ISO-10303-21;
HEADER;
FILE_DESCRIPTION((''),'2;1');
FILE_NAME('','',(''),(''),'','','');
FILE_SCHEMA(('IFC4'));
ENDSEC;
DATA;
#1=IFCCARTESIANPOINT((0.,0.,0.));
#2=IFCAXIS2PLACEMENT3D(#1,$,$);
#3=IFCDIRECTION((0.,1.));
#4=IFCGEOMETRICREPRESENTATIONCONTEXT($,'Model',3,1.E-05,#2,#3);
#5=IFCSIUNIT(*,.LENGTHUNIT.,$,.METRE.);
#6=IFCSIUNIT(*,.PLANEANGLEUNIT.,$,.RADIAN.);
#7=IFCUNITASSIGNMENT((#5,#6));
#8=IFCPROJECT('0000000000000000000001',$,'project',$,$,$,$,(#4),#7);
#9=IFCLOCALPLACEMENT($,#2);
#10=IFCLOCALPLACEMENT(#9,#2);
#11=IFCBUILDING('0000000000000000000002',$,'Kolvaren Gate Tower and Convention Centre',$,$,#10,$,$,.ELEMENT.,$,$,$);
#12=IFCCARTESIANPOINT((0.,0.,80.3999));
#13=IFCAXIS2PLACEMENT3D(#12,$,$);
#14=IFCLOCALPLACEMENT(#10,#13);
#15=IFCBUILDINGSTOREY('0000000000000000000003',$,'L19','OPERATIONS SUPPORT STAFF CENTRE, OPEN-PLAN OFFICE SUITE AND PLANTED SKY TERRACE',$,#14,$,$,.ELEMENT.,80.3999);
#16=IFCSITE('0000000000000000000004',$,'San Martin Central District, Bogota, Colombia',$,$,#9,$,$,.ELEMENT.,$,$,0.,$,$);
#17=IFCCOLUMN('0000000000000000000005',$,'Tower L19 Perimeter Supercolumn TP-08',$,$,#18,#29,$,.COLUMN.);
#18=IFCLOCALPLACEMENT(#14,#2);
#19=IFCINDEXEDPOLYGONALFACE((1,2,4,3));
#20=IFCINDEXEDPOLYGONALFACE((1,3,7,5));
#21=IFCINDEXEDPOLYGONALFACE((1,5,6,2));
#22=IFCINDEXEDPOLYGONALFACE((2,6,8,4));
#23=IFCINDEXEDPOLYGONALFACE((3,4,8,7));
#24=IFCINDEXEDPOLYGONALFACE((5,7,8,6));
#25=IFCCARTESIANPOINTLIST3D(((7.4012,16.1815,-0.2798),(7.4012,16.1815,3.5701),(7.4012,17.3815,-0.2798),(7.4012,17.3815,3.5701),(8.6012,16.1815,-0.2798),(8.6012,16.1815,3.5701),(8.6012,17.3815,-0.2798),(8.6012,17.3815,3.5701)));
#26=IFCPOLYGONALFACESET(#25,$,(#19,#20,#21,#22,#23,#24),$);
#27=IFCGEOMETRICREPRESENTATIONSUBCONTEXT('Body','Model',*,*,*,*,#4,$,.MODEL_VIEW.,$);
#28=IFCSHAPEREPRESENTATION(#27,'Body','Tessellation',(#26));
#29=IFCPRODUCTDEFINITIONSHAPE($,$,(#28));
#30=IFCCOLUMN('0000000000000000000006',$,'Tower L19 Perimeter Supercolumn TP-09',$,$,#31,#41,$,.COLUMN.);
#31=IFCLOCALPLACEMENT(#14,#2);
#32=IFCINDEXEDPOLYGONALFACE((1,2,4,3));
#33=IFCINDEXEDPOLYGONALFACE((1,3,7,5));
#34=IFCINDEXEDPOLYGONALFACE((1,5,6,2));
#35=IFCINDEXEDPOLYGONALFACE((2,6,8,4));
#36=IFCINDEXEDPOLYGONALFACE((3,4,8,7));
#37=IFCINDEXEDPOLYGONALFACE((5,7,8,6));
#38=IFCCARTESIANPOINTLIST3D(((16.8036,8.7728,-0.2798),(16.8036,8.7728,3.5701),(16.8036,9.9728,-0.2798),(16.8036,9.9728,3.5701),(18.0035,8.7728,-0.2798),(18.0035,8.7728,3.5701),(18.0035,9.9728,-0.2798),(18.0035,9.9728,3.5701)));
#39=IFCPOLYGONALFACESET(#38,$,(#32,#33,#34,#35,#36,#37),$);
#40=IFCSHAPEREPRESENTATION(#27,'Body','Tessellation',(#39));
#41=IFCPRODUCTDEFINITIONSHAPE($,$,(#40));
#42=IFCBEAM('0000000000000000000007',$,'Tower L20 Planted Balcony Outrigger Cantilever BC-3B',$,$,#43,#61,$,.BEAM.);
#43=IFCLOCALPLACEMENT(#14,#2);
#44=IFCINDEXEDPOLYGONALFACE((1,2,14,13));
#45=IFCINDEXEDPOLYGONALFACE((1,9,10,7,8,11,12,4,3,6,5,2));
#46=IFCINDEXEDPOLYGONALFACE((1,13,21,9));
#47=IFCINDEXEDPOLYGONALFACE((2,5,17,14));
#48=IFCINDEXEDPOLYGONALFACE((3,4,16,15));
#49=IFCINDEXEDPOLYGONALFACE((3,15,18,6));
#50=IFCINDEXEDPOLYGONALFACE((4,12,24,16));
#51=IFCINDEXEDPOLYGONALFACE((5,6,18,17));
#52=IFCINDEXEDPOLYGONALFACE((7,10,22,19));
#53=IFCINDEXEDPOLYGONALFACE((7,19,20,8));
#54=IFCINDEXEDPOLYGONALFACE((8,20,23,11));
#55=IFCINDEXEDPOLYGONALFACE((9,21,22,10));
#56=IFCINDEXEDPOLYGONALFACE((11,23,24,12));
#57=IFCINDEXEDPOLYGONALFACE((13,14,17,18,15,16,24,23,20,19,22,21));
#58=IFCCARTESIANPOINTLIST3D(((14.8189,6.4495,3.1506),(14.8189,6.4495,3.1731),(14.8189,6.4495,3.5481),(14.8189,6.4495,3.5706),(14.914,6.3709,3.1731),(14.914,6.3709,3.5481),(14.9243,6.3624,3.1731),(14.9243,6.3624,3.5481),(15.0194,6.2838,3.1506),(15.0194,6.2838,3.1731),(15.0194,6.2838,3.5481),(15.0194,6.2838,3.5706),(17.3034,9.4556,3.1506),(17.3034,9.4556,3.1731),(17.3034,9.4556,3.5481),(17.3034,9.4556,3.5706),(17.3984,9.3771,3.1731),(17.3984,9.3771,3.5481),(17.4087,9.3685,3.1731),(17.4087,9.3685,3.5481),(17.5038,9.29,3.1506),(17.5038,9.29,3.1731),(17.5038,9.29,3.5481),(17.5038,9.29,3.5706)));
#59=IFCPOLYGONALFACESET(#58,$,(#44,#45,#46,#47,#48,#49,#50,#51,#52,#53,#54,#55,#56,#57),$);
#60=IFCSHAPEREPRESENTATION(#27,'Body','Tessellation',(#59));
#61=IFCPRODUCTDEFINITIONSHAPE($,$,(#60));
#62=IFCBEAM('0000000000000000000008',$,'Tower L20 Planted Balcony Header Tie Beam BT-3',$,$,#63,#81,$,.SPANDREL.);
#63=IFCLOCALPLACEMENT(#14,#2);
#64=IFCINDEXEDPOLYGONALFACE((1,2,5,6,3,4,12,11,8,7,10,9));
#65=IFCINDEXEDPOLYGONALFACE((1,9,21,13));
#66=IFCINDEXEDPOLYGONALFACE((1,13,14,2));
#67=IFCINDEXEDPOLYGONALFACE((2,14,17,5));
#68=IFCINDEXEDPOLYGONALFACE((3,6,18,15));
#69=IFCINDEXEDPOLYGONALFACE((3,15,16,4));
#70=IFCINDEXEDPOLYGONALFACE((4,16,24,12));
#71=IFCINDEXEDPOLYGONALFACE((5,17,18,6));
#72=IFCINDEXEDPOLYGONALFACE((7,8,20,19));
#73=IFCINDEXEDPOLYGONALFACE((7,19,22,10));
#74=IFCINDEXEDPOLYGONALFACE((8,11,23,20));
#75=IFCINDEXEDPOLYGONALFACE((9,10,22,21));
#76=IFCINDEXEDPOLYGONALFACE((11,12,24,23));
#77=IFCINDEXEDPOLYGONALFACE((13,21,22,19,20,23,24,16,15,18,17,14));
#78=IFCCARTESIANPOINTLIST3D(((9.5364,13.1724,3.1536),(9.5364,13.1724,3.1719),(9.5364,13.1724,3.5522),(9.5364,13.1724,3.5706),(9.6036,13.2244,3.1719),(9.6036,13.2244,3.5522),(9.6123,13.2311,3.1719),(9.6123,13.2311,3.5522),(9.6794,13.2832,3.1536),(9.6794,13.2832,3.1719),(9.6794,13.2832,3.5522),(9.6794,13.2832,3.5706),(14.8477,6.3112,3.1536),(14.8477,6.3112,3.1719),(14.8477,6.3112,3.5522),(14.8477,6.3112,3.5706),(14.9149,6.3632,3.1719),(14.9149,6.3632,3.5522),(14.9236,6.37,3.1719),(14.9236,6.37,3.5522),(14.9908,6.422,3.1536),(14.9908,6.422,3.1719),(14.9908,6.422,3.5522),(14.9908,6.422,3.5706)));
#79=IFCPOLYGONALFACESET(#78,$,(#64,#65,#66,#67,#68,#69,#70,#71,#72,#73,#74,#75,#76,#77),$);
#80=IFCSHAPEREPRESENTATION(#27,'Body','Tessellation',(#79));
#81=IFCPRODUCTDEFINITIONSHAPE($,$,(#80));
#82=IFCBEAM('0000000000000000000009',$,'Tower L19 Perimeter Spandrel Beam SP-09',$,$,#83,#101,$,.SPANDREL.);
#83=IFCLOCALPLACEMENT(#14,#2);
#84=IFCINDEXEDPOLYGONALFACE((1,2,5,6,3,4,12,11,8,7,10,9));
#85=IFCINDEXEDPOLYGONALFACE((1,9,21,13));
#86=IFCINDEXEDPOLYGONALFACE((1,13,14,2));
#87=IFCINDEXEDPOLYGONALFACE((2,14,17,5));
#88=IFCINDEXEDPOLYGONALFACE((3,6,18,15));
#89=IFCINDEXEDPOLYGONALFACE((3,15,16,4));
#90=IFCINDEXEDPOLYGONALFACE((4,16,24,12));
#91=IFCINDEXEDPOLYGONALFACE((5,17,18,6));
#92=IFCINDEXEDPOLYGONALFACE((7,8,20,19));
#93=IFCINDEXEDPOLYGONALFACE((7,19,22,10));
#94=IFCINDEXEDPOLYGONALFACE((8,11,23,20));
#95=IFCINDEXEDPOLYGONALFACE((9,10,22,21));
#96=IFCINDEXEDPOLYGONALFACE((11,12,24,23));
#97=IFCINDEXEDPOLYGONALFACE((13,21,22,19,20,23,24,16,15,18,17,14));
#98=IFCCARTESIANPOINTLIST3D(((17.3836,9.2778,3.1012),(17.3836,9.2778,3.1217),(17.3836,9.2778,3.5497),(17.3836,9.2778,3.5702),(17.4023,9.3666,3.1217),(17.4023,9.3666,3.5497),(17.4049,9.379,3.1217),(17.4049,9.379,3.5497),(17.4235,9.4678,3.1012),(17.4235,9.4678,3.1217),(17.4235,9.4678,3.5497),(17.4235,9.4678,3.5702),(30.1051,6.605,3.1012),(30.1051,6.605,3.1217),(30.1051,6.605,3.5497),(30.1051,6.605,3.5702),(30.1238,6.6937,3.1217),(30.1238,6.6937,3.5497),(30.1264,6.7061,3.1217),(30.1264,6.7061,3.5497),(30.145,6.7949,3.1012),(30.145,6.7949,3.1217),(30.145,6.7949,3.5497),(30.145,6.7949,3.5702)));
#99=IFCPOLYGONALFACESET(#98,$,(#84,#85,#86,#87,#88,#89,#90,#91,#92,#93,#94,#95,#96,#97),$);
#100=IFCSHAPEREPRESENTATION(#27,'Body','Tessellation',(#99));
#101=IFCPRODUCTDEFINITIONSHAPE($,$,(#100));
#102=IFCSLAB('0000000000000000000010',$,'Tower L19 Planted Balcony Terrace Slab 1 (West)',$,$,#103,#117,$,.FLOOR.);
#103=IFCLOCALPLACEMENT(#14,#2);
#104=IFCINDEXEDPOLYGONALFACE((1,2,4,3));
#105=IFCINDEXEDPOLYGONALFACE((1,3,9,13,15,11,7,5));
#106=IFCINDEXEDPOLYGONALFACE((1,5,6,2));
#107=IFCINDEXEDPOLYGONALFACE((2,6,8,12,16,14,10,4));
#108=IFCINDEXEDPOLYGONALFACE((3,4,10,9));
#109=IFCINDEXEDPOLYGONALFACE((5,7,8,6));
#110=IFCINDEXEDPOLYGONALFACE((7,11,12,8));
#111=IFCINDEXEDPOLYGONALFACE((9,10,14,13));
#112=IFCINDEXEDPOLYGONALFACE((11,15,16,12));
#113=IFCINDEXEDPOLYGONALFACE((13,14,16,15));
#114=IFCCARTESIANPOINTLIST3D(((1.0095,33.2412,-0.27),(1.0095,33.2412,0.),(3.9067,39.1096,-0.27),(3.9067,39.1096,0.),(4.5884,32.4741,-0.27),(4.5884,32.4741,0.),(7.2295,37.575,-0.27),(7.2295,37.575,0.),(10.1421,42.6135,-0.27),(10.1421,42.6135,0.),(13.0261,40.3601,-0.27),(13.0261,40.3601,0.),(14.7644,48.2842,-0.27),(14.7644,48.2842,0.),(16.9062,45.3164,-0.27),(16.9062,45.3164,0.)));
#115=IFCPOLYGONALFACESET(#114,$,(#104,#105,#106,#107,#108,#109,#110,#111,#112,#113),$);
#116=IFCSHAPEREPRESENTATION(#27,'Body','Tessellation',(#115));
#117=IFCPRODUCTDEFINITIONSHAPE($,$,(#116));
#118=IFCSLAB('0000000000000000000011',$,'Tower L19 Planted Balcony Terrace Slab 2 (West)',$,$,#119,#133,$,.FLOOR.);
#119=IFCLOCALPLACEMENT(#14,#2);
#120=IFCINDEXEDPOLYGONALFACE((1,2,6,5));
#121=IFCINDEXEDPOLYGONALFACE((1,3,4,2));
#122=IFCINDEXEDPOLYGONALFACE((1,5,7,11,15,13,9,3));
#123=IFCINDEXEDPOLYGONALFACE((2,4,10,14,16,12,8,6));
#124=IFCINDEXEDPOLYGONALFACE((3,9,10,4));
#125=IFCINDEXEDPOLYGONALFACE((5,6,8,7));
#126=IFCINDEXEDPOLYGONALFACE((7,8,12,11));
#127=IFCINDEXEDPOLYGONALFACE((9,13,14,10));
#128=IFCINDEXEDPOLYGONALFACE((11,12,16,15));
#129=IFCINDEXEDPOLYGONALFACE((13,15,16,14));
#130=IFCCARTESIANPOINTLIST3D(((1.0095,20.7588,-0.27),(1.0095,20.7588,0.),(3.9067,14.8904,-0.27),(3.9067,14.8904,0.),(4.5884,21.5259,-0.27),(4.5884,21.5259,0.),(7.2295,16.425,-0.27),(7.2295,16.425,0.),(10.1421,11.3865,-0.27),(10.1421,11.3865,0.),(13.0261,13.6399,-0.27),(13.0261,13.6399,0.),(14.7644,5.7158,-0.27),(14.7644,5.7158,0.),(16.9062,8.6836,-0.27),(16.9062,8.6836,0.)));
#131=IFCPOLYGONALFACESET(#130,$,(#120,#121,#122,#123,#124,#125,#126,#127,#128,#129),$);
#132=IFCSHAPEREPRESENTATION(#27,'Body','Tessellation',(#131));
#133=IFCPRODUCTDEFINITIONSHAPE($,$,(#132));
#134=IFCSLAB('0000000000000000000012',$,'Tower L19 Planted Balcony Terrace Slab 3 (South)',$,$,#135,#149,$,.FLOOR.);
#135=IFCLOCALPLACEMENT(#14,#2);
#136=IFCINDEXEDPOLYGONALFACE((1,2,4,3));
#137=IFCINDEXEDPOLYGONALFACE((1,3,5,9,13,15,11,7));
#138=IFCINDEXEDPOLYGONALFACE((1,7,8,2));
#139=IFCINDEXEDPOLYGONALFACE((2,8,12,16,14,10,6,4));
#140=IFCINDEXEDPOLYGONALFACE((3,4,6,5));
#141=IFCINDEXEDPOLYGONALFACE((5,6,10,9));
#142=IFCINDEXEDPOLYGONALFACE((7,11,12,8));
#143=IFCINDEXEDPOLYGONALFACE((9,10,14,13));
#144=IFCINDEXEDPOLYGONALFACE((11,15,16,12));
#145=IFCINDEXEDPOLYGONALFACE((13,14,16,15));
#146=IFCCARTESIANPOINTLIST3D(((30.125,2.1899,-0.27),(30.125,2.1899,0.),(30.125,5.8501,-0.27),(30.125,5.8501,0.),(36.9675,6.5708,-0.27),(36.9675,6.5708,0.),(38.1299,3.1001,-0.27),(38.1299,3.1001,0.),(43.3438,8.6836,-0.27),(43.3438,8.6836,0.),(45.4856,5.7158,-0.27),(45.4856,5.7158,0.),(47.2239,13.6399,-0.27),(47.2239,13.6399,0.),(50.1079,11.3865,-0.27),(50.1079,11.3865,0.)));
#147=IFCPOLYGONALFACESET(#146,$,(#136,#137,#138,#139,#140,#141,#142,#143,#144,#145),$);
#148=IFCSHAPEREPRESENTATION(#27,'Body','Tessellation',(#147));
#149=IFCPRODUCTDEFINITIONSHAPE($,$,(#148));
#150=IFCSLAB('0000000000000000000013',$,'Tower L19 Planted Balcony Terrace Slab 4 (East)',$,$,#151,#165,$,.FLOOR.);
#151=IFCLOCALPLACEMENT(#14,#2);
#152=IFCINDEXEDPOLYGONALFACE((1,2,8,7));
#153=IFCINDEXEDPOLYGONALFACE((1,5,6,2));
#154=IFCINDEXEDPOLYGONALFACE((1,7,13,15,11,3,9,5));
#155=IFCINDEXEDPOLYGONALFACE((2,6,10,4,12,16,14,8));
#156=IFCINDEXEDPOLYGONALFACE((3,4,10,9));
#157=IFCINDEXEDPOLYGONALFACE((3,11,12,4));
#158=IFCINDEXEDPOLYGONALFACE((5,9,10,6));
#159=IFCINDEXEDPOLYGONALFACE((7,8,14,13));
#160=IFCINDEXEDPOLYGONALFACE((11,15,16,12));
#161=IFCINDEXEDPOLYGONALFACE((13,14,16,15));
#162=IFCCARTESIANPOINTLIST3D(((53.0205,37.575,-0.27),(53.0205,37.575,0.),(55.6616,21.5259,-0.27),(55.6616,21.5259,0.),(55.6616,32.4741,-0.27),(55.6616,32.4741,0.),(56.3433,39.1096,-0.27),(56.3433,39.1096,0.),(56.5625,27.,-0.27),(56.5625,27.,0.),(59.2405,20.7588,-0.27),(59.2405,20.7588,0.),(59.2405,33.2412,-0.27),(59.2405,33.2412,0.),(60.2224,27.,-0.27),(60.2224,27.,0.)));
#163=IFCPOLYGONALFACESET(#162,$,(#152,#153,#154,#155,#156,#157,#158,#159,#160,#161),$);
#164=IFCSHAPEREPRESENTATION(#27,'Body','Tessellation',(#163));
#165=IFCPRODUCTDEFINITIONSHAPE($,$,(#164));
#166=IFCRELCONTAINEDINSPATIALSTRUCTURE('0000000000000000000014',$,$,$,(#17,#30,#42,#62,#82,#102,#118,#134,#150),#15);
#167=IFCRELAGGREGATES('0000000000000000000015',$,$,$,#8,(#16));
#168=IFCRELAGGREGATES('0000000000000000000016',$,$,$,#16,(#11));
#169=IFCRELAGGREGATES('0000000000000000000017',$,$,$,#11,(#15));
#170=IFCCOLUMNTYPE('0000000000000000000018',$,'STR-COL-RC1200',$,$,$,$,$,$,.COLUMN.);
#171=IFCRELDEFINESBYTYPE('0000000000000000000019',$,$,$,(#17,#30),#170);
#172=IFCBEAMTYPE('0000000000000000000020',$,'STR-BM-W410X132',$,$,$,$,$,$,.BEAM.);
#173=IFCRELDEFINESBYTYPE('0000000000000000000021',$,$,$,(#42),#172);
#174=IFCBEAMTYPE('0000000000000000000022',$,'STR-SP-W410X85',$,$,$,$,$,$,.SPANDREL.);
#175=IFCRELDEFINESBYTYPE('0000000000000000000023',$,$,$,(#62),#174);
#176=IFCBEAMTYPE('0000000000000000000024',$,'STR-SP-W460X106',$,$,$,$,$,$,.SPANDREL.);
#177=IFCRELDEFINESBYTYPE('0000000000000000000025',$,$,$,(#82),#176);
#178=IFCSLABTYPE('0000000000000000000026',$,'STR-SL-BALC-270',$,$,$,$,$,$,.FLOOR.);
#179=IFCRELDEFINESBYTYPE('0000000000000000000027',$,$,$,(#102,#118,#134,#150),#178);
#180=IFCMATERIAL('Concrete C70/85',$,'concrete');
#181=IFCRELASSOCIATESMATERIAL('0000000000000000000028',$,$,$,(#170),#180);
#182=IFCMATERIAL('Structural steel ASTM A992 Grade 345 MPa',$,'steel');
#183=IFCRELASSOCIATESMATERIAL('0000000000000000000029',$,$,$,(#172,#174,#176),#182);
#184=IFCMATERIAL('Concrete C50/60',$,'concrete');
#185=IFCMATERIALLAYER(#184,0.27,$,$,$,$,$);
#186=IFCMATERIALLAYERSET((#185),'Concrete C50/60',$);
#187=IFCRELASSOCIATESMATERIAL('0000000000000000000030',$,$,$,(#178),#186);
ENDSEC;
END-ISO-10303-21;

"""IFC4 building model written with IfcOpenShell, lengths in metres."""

from ifc_helpers import new_model, si_unit, direction, frame, origin, origin_2d, place, context, subcontext, project, spatial, polyline, rectangle, i_section, outline, extrude, material, layer, layer_set, material_profile, profile_set, type_object, element, save


model = new_model("IFC4")

# Units and contexts
model_context = context("Model", 3, precision=1e-05, world=origin(), true_north=direction((0.0, 1.0)))
body_context = subcontext(model_context, "Body", "Model", "MODEL_VIEW")
ifc_project = project(units=[si_unit("LENGTHUNIT", "METRE"), si_unit("PLANEANGLEUNIT", "RADIAN")], contexts=[model_context])

# Site, building, storey
site_placement = place(None, origin())
site = spatial("IfcSite", under=ifc_project, at=site_placement, Name="San Martin Central District, Bogota, Colombia", CompositionType="ELEMENT", RefElevation=0.0)
building_placement = place(site_placement, origin())
building = spatial("IfcBuilding", under=site, at=building_placement, Name="Kolvaren Gate Tower and Convention Centre", CompositionType="ELEMENT")
storey_placement = place(building_placement, frame((0.0, 0.0, 80.3999)))
storey = spatial("IfcBuildingStorey", under=building, at=storey_placement, Name="L19", Description="OPERATIONS SUPPORT STAFF CENTRE, OPEN-PLAN OFFICE SUITE AND PLANTED SKY TERRACE", CompositionType="ELEMENT", Elevation=80.3999)

# Columns
ifc_material_1 = material(Name="Concrete C70/85", Category="concrete")
ifc_material_profile_1 = material_profile(ifc_material_1, rectangle(XDim=1.2, YDim=1.2, at=origin_2d()), Name="RC-COL-1200X1200")
ifc_profile_set_1 = profile_set([ifc_material_profile_1], Name="Concrete C70/85")
column_type = type_object("IfcColumnType", Name="STR-COL-RC1200", PredefinedType="COLUMN", material=ifc_profile_set_1)
for number, where, z_axis, x_axis, name in (
    (1, (8.0012, 16.7815, -0.2798), (0.0, 0.0, 1.0), (1.0, 0.0, 0.0), "Tower L19 Perimeter Supercolumn TP-08"),
    (2, (17.4036, 9.3728, -0.2798), (0.0, 0.0, 1.0), (1.0, 0.0, 0.0), "Tower L19 Perimeter Supercolumn TP-09"),
):
    element("IfcColumn", number, at=place(storey_placement, frame(where, z_axis=z_axis, x_axis=x_axis)), inside=storey, type_object=column_type, Name=name, PredefinedType="COLUMN", context=body_context, shape_type="SweptSolid", body=[
        extrude(rectangle(XDim=1.2, YDim=1.2, at=origin_2d()), origin(), (0.0, 0.0, 1.0), 3.8499),
    ])

# Beams
ifc_material_2 = material(Name="Structural steel ASTM A992 Grade 345 MPa", Category="steel")
ifc_material_profile_2 = material_profile(ifc_material_2, i_section(OverallWidth=0.26, OverallDepth=0.4199, WebThickness=0.0134, FlangeThickness=0.0225, at=origin_2d()), Name="W410X132")
ifc_profile_set_2 = profile_set([ifc_material_profile_2], Name="Structural steel ASTM A992 Grade 345 MPa")
beam_type_1 = type_object("IfcBeamType", Name="STR-BM-W410X132", PredefinedType="BEAM", material=ifc_profile_set_2)
beam_1_placement = place(storey_placement, frame((17.4036, 9.3728, 3.3606), z_axis=(-0.637045, -0.770827, 0.0), x_axis=(0.770827, -0.637045, 0.0)))
element("IfcBeam", 3, at=beam_1_placement, inside=storey, type_object=beam_type_1, Name="Tower L20 Planted Balcony Outrigger Cantilever BC-3B", PredefinedType="BEAM", context=body_context, shape_type="SweptSolid", body=[
    extrude(i_section(OverallWidth=0.26, OverallDepth=0.4199, WebThickness=0.0134, FlangeThickness=0.0225, at=origin_2d()), origin(), (0.0, 0.0, 1.0), 3.8999),
])
ifc_material_profile_3 = material_profile(ifc_material_2, i_section(OverallWidth=0.1809, OverallDepth=0.417, WebThickness=0.011, FlangeThickness=0.0183, at=origin_2d()), Name="W410X85")
ifc_profile_set_3 = profile_set([ifc_material_profile_3], Name="Structural steel ASTM A992 Grade 345 MPa")
beam_type_2 = type_object("IfcBeamType", Name="STR-SP-W410X85", PredefinedType="SPANDREL", material=ifc_profile_set_3)
beam_2_placement = place(storey_placement, frame((9.6079, 13.2278, 3.3621), z_axis=(0.612135, -0.790753, 0.0), x_axis=(0.790753, 0.612135, 0.0)))
element("IfcBeam", 4, at=beam_2_placement, inside=storey, type_object=beam_type_2, Name="Tower L20 Planted Balcony Header Tie Beam BT-3", PredefinedType="SPANDREL", context=body_context, shape_type="SweptSolid", body=[
    extrude(i_section(OverallWidth=0.1809, OverallDepth=0.417, WebThickness=0.011, FlangeThickness=0.0183, at=origin_2d()), origin(), (0.0, 0.0, 1.0), 8.6768),
])
ifc_material_profile_4 = material_profile(ifc_material_2, i_section(OverallWidth=0.1941, OverallDepth=0.469, WebThickness=0.0127, FlangeThickness=0.0205, at=origin_2d()), Name="W460X106")
ifc_profile_set_4 = profile_set([ifc_material_profile_4], Name="Structural steel ASTM A992 Grade 345 MPa")
beam_type_3 = type_object("IfcBeamType", Name="STR-SP-W460X106", PredefinedType="SPANDREL", material=ifc_profile_set_4)
beam_3_placement = place(storey_placement, frame((17.4036, 9.3728, 3.3357), z_axis=(0.978633, -0.205617, 0.0), x_axis=(0.205617, 0.978633, 0.0)))
element("IfcBeam", 5, at=beam_3_placement, inside=storey, type_object=beam_type_3, Name="Tower L19 Perimeter Spandrel Beam SP-09", PredefinedType="SPANDREL", context=body_context, shape_type="SweptSolid", body=[
    extrude(i_section(OverallWidth=0.1941, OverallDepth=0.469, WebThickness=0.0127, FlangeThickness=0.0205, at=origin_2d()), origin(), (0.0, 0.0, 1.0), 12.9993),
])

# Slabs
ifc_material_3 = material(Name="Concrete C50/60", Category="concrete")
ifc_layer_1 = layer(ifc_material_3, 0.27)
ifc_layer_set_1 = layer_set([ifc_layer_1], Name="Concrete C50/60")
slab_type_1 = type_object("IfcSlabType", Name="STR-SL-BALC-270", PredefinedType="FLOOR", material=ifc_layer_set_1)
slab_1_placement = place(storey_placement, frame((0.0, 0.0, -0.27)))
element("IfcSlab", 6, at=slab_1_placement, inside=storey, type_object=slab_type_1, Name="Tower L19 Planted Balcony Terrace Slab 1 (West)", PredefinedType="FLOOR", context=body_context, shape_type="SweptSolid", body=[
    extrude(outline(polyline([(16.9062, 45.3164), (13.0261, 40.3601), (7.2295, 37.575), (4.5884, 32.4741), (1.0095, 33.2412), (3.9067, 39.1096), (10.1421, 42.6135), (14.7644, 48.2842), (16.9062, 45.3164)])), origin(), (0.0, 0.0, 1.0), 0.27),
])
slab_2_placement = place(storey_placement, frame((0.0, 0.0, -0.27)))
element("IfcSlab", 7, at=slab_2_placement, inside=storey, type_object=slab_type_1, Name="Tower L19 Planted Balcony Terrace Slab 2 (West)", PredefinedType="FLOOR", context=body_context, shape_type="SweptSolid", body=[
    extrude(outline(polyline([(4.5884, 21.5259), (7.2295, 16.425), (13.0261, 13.6399), (16.9062, 8.6836), (14.7644, 5.7158), (10.1421, 11.3865), (3.9067, 14.8904), (1.0095, 20.7588), (4.5884, 21.5259)])), origin(), (0.0, 0.0, 1.0), 0.27),
])
slab_3_placement = place(storey_placement, frame((0.0, 0.0, -0.27)))
element("IfcSlab", 8, at=slab_3_placement, inside=storey, type_object=slab_type_1, Name="Tower L19 Planted Balcony Terrace Slab 3 (South)", PredefinedType="FLOOR", context=body_context, shape_type="SweptSolid", body=[
    extrude(outline(polyline([(30.125, 5.8501), (36.9675, 6.5708), (43.3438, 8.6836), (47.2239, 13.6399), (50.1079, 11.3865), (45.4856, 5.7158), (38.1299, 3.1001), (30.125, 2.1899), (30.125, 5.8501)])), origin(), (0.0, 0.0, 1.0), 0.27),
])
slab_4_placement = place(storey_placement, frame((0.0, 0.0, -0.27)))
element("IfcSlab", 9, at=slab_4_placement, inside=storey, type_object=slab_type_1, Name="Tower L19 Planted Balcony Terrace Slab 4 (East)", PredefinedType="FLOOR", context=body_context, shape_type="SweptSolid", body=[
    extrude(outline(polyline([(55.6616, 21.5259), (56.5625, 27.0), (55.6616, 32.4741), (53.0205, 37.575), (56.3433, 39.1096), (59.2405, 33.2412), (60.2224, 27.0), (59.2405, 20.7588), (55.6616, 21.5259)])), origin(), (0.0, 0.0, 1.0), 0.27),
])

save(model, "model.ifc")
